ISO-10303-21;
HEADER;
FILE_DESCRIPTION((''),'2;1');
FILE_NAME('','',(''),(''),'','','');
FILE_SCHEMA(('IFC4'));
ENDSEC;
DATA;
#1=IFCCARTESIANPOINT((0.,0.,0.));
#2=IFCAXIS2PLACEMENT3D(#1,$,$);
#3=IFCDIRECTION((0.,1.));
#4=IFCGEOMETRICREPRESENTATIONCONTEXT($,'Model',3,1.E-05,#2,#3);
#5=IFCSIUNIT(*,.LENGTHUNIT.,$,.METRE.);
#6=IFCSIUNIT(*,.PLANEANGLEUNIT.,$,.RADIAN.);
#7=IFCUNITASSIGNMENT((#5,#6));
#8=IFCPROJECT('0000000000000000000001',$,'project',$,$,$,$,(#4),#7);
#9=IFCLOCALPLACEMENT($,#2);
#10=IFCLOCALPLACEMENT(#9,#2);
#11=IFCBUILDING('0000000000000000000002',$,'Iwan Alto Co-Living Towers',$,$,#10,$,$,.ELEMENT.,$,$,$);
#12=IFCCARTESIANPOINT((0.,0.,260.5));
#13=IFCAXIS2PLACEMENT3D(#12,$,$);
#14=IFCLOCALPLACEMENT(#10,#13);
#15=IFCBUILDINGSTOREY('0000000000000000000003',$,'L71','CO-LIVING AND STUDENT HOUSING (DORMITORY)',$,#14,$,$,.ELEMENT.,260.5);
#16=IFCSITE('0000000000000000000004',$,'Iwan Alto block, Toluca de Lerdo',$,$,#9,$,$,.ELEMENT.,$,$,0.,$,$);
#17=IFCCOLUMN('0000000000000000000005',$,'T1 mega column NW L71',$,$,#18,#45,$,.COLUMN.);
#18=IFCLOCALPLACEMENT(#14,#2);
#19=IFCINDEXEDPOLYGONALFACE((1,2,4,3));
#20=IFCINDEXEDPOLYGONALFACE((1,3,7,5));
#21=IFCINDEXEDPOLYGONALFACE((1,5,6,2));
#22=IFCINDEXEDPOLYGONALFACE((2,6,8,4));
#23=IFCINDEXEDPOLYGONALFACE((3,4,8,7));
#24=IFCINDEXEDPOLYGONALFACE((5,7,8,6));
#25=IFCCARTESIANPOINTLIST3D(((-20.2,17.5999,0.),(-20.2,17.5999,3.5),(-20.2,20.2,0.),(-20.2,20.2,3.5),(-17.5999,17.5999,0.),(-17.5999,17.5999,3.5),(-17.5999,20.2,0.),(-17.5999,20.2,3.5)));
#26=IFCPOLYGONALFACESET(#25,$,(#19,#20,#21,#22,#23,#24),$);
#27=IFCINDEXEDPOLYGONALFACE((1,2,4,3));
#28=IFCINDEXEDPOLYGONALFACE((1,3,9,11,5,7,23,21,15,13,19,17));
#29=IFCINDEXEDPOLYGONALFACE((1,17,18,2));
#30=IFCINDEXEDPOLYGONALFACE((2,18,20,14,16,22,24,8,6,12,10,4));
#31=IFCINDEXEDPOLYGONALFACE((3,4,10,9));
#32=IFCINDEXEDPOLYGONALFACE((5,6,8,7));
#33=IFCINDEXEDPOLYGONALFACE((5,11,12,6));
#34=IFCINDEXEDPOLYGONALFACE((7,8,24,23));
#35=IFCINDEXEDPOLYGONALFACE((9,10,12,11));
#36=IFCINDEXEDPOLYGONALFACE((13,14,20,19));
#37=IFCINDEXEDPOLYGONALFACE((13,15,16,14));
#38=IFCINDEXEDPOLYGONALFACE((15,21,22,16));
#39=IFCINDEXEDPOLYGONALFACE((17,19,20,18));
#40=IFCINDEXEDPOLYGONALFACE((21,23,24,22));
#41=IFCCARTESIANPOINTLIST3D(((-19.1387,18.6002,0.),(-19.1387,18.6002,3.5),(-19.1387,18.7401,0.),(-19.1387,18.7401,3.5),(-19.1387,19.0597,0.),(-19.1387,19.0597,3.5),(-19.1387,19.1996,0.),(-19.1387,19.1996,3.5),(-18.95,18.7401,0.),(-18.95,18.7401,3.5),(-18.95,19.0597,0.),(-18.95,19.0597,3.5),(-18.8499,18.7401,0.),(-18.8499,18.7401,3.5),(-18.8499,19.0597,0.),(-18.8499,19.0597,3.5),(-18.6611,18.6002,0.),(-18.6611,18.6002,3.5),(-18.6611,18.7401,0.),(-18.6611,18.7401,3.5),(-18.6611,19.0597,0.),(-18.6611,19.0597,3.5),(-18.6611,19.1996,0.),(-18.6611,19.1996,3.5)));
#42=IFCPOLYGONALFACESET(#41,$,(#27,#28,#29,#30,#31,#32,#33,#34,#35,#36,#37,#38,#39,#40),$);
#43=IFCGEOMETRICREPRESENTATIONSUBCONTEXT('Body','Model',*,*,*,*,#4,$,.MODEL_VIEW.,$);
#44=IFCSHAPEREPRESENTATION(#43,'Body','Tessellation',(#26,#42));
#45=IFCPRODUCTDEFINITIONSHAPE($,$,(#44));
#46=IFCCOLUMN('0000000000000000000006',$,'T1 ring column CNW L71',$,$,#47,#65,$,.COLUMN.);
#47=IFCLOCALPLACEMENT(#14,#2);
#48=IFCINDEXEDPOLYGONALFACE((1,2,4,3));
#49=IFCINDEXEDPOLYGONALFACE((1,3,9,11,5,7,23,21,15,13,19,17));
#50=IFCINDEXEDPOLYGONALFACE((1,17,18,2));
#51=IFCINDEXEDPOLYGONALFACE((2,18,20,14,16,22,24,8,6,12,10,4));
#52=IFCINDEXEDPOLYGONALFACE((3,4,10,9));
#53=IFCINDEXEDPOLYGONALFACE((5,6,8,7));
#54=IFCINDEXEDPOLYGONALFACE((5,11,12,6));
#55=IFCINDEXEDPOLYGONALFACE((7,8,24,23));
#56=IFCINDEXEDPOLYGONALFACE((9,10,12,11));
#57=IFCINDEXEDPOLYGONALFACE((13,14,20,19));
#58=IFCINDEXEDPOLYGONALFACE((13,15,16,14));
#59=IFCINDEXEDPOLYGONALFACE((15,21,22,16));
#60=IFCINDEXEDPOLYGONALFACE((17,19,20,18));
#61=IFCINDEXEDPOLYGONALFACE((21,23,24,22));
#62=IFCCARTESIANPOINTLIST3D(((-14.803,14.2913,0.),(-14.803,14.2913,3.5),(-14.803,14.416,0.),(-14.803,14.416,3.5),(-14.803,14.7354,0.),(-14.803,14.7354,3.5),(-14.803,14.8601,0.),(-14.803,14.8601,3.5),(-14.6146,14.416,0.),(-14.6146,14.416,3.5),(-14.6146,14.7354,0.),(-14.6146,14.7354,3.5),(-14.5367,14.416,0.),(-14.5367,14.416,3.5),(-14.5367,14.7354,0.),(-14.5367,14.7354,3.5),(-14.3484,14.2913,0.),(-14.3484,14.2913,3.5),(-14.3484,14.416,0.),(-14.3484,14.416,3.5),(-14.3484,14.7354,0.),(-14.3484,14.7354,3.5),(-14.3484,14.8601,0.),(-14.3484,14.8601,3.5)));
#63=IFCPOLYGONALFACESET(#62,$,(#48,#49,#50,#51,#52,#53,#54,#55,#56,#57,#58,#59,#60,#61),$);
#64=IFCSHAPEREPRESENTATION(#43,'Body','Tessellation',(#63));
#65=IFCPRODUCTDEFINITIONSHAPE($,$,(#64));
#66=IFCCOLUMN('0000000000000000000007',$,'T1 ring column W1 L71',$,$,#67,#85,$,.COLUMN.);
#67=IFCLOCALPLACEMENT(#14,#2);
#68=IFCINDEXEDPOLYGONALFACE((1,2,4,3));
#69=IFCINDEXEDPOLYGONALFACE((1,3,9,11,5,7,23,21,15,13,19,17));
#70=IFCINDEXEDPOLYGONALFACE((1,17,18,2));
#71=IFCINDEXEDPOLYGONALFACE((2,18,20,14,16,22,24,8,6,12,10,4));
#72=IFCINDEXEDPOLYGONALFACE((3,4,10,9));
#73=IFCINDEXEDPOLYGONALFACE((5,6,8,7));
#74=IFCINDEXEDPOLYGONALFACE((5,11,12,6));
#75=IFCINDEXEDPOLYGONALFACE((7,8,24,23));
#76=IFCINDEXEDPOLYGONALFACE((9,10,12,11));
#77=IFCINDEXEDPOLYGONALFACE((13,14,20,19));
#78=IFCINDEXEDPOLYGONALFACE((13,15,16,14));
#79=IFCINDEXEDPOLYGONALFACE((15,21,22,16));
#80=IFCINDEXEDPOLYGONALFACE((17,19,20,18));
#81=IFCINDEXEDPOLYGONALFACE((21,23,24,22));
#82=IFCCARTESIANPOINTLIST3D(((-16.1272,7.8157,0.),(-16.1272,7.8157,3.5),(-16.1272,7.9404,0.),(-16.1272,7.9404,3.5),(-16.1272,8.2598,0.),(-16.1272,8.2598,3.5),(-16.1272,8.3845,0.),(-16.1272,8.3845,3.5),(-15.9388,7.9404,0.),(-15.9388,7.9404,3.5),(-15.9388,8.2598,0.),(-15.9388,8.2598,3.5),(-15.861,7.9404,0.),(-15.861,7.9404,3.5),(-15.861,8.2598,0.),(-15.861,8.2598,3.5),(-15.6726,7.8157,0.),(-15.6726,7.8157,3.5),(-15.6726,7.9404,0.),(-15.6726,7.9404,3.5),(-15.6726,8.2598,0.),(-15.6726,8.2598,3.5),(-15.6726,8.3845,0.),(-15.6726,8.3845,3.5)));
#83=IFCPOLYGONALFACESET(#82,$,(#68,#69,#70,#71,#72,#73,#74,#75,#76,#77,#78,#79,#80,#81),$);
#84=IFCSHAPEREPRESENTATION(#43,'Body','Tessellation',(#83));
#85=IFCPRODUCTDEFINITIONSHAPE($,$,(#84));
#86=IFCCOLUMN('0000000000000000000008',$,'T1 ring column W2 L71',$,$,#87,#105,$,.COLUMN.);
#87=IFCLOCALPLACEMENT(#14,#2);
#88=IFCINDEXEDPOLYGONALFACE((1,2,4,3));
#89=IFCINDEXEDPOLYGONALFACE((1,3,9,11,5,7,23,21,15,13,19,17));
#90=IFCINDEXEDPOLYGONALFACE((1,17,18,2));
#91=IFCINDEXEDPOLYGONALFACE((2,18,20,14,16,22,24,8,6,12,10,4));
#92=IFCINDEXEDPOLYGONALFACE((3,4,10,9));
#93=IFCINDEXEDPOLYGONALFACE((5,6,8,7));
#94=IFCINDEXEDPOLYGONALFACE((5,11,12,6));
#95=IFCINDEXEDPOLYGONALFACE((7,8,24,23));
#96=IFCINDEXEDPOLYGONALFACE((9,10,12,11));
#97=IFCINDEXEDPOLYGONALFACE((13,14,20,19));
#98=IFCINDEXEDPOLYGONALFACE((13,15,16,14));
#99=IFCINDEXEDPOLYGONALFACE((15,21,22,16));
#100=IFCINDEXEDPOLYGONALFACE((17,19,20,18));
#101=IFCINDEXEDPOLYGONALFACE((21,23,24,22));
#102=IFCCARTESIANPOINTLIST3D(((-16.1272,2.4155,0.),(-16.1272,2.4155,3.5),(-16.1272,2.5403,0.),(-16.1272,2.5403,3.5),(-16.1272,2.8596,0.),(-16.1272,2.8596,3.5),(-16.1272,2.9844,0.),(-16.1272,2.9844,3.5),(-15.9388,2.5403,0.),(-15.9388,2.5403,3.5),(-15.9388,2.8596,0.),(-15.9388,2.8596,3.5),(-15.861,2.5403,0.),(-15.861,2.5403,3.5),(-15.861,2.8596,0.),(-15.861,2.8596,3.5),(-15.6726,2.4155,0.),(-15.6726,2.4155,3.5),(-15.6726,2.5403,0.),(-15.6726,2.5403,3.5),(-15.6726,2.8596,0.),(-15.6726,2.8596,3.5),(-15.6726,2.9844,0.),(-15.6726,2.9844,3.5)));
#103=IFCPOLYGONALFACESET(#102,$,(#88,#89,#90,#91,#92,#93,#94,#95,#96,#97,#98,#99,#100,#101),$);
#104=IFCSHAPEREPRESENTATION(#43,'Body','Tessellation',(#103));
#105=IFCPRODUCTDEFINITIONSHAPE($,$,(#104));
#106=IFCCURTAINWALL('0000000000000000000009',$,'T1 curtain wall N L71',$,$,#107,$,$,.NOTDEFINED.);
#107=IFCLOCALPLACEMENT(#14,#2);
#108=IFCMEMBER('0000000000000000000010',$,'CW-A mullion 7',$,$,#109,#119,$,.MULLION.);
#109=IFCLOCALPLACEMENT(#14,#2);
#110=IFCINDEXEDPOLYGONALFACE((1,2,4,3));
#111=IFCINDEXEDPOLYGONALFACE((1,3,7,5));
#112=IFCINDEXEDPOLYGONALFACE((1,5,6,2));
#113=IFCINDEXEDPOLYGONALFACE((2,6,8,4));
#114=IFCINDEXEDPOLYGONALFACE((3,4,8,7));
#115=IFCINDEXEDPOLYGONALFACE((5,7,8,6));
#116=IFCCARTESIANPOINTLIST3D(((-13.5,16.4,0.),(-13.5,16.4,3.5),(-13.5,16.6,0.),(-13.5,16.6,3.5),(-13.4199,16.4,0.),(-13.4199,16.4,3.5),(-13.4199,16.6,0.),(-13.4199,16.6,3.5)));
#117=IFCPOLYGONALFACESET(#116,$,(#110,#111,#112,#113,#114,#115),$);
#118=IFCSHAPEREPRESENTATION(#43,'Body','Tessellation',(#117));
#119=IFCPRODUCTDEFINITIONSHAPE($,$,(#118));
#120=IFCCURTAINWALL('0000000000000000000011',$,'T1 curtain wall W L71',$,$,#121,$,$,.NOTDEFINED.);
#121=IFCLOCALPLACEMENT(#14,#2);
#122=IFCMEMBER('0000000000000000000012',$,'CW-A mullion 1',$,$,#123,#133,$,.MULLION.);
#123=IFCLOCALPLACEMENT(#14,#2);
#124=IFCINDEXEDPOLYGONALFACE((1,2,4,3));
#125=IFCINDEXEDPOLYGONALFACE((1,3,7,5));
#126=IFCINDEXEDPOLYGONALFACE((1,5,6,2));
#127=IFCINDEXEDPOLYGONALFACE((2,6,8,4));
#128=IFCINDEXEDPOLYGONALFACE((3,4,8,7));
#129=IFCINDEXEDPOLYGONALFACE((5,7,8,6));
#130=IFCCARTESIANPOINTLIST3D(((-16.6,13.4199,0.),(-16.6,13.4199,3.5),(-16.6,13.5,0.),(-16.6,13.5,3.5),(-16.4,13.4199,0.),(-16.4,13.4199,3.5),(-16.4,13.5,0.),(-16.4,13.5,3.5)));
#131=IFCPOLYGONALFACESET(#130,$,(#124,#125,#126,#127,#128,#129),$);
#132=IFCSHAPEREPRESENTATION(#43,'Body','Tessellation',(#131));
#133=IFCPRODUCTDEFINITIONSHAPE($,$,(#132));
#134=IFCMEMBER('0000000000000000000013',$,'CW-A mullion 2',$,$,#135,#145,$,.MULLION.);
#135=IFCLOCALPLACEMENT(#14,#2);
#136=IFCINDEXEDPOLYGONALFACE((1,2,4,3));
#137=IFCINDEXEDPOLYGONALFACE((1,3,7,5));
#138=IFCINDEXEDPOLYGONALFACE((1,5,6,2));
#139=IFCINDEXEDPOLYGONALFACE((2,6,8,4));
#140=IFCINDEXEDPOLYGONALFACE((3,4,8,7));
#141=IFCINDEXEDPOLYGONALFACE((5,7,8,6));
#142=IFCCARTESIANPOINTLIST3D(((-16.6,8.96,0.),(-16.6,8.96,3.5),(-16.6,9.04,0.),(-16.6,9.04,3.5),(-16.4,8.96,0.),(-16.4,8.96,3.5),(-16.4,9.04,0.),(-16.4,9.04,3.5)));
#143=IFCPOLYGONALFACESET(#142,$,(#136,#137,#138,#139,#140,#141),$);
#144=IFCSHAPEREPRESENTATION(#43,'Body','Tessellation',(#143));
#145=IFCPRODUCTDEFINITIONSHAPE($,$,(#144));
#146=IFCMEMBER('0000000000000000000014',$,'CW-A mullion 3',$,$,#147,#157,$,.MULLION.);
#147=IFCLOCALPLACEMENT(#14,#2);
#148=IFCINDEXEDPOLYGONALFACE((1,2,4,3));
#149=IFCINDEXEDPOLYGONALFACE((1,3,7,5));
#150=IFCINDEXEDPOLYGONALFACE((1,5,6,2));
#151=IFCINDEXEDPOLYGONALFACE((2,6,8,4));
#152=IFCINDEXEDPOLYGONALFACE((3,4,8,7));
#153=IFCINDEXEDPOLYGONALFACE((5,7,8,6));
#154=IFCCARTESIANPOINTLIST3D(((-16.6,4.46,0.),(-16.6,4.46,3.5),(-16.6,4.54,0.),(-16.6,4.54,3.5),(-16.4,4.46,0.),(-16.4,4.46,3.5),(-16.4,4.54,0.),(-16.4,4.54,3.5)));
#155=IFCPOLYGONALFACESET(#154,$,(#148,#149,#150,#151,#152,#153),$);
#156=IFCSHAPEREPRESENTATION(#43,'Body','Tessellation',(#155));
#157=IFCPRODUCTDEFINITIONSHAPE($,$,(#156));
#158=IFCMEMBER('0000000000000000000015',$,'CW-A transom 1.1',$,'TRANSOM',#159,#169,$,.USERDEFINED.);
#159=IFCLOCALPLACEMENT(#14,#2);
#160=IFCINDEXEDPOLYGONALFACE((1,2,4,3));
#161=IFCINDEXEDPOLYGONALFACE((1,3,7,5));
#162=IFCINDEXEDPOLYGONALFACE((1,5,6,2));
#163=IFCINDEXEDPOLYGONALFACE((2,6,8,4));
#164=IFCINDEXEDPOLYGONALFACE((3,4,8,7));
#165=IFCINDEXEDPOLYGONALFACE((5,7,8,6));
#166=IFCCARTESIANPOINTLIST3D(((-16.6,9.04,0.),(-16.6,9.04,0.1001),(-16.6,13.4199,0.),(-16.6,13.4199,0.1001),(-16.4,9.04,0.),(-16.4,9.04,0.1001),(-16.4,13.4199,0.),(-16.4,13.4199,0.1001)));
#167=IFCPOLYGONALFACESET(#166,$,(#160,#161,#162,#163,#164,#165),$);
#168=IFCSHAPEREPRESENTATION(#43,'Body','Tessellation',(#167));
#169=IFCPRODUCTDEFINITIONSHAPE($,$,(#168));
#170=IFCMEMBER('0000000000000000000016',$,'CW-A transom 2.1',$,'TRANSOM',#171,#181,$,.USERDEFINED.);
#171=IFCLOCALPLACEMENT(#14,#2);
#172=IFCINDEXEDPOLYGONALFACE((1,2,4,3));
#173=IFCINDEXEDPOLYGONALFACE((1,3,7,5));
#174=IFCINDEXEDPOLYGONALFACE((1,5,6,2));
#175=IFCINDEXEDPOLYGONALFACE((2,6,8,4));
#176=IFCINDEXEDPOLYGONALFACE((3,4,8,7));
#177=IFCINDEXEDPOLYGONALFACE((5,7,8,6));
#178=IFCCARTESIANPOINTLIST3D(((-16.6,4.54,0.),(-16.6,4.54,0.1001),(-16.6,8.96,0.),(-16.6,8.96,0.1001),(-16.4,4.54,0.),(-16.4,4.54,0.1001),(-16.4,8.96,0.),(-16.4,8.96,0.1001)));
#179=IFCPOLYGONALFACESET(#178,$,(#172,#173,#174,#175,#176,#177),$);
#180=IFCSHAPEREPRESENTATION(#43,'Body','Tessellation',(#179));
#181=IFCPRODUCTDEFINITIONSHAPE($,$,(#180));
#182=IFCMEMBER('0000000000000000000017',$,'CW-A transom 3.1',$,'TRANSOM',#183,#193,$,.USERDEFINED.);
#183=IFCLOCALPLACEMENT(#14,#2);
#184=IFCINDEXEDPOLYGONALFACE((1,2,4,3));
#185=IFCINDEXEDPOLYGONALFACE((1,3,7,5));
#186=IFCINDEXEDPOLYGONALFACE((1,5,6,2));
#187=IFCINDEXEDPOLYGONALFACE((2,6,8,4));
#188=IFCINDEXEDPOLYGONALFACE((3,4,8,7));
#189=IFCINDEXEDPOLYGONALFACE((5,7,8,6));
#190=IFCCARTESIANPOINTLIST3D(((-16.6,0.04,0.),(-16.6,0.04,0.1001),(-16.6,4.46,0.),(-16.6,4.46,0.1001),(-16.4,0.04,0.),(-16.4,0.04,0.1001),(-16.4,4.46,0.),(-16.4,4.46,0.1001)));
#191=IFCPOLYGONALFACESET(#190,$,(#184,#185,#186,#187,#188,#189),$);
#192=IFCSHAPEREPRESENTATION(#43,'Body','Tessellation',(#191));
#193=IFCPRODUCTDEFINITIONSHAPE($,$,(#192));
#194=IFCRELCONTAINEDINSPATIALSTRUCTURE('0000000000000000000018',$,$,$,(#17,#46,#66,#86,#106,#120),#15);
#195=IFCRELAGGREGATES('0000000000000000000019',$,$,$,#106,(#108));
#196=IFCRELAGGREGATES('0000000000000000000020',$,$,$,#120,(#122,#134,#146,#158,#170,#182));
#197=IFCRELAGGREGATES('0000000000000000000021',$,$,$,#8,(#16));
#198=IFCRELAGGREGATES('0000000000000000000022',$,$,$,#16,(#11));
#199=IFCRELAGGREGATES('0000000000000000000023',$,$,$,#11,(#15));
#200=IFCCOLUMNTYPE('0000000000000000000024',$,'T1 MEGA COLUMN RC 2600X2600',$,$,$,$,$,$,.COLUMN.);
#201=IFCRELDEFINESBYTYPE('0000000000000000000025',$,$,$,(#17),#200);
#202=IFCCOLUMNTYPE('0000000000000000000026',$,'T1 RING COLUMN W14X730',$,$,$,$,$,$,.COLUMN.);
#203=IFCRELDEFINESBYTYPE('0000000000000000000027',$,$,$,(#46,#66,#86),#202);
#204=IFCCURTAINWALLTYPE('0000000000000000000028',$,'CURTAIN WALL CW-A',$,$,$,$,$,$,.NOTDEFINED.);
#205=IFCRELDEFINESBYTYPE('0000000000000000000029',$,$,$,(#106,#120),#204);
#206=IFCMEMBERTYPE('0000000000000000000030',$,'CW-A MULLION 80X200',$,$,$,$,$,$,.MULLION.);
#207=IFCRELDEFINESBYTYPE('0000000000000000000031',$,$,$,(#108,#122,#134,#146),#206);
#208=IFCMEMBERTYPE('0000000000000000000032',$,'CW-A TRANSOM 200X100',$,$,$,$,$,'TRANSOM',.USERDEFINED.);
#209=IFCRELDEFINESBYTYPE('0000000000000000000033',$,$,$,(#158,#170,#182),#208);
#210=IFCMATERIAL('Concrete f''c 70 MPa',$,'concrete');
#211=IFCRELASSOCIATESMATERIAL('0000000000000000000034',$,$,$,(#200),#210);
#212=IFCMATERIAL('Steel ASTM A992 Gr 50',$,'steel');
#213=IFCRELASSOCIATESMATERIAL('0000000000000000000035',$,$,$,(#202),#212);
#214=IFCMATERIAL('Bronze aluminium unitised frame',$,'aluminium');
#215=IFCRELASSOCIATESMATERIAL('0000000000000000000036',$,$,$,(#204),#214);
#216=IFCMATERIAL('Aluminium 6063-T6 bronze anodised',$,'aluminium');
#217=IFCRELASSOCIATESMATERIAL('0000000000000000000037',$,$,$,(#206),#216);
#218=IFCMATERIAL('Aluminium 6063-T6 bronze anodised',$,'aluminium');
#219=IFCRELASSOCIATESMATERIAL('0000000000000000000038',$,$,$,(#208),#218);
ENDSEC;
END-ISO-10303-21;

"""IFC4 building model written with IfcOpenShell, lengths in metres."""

from ifc_helpers import new_model, si_unit, direction, frame, origin, origin_2d, place, context, subcontext, project, spatial, rectangle, i_section, extrude, material, material_profile, profile_set, type_object, element, aggregate, save


model = new_model("IFC4")

# Units and contexts
model_context = context("Model", 3, precision=1e-05, world=origin(), true_north=direction((0.0, 1.0)))
body_context = subcontext(model_context, "Body", "Model", "MODEL_VIEW")
ifc_project = project(units=[si_unit("LENGTHUNIT", "METRE"), si_unit("PLANEANGLEUNIT", "RADIAN")], contexts=[model_context])

# Site, building, storey
site_placement = place(None, origin())
site = spatial("IfcSite", under=ifc_project, at=site_placement, Name="Iwan Alto block, Toluca de Lerdo", CompositionType="ELEMENT", RefElevation=0.0)
building_placement = place(site_placement, origin())
building = spatial("IfcBuilding", under=site, at=building_placement, Name="Iwan Alto Co-Living Towers", CompositionType="ELEMENT")
storey_placement = place(building_placement, frame((0.0, 0.0, 260.5)))
storey = spatial("IfcBuildingStorey", under=building, at=storey_placement, Name="L71", Description="CO-LIVING AND STUDENT HOUSING (DORMITORY)", CompositionType="ELEMENT", Elevation=260.5)

# Columns
ifc_material_1 = material(Name="Concrete f'c 70 MPa", Category="concrete")
ifc_material_profile_1 = material_profile(ifc_material_1, rectangle(XDim=2.6001, YDim=2.6001, at=origin_2d()), Name="RC 2600X2600")
ifc_profile_set_1 = profile_set([ifc_material_profile_1], Name="Concrete f'c 70 MPa")
column_type_1 = type_object("IfcColumnType", Name="T1 MEGA COLUMN RC 2600X2600", PredefinedType="COLUMN", material=ifc_profile_set_1)
column_placement = place(storey_placement, frame((-18.8999, 18.8999, 0.0), z_axis=(0.0, 0.0, 1.0), x_axis=(1.0, 0.0, 0.0)))
element("IfcColumn", 1, at=column_placement, inside=storey, type_object=column_type_1, Name="T1 mega column NW L71", PredefinedType="COLUMN", context=body_context, shape_type="SweptSolid", body=[
    extrude(rectangle(XDim=2.6001, YDim=2.6001, at=origin_2d()), origin(), (0.0, 0.0, 1.0), 3.5),
    extrude(i_section(OverallWidth=0.4775, OverallDepth=0.5994, WebThickness=0.1001, FlangeThickness=0.1399, at=origin_2d()), origin(), (0.0, 0.0, 1.0), 3.5),
])
ifc_material_2 = material(Name="Steel ASTM A992 Gr 50", Category="steel")
ifc_material_profile_2 = material_profile(ifc_material_2, i_section(OverallWidth=0.4546, OverallDepth=0.5688, WebThickness=0.0779, FlangeThickness=0.1248, at=origin_2d()), Name="W14X730")
ifc_profile_set_2 = profile_set([ifc_material_profile_2], Name="Steel ASTM A992 Gr 50")
column_type_2 = type_object("IfcColumnType", Name="T1 RING COLUMN W14X730", PredefinedType="COLUMN", material=ifc_profile_set_2)
for number, where, z_axis, x_axis, name in (
    (2, (-14.5757, 14.5757, 0.0), (0.0, 0.0, 1.0), (1.0, 0.0, 0.0), "T1 ring column CNW L71"),
    (3, (-15.8999, 8.1001, 0.0), (0.0, 0.0, 1.0), (1.0, 0.0, 0.0), "T1 ring column W1 L71"),
    (4, (-15.8999, 2.7, 0.0), (0.0, 0.0, 1.0), (1.0, 0.0, 0.0), "T1 ring column W2 L71"),
):
    element("IfcColumn", number, at=place(storey_placement, frame(where, z_axis=z_axis, x_axis=x_axis)), inside=storey, type_object=column_type_2, Name=name, PredefinedType="COLUMN", context=body_context, shape_type="SweptSolid", body=[
        extrude(i_section(OverallWidth=0.4546, OverallDepth=0.5688, WebThickness=0.0779, FlangeThickness=0.1248, at=origin_2d()), origin(), (0.0, 0.0, 1.0), 3.5),
    ])

# Curtain wall, member
ifc_material_3 = material(Name="Bronze aluminium unitised frame", Category="aluminium")
curtain_wall_type_1 = type_object("IfcCurtainWallType", Name="CURTAIN WALL CW-A", PredefinedType="NOTDEFINED", material=ifc_material_3)
curtain_wall_1_placement = place(storey_placement, origin())
curtain_wall_1 = element("IfcCurtainWall", 5, at=curtain_wall_1_placement, inside=storey, type_object=curtain_wall_type_1, Name="T1 curtain wall N L71", PredefinedType="NOTDEFINED")
ifc_material_4 = material(Name="Aluminium 6063-T6 bronze anodised", Category="aluminium")
ifc_material_profile_3 = material_profile(ifc_material_4, rectangle(XDim=0.2, YDim=0.0801, at=origin_2d()), Name="AL 80X200")
ifc_profile_set_3 = profile_set([ifc_material_profile_3], Name="Aluminium 6063-T6 bronze anodised")
member_type_1 = type_object("IfcMemberType", Name="CW-A MULLION 80X200", PredefinedType="MULLION", material=ifc_profile_set_3)
member_1_placement = place(storey_placement, frame((-13.46, 16.5, 0.0), z_axis=(0.0, 0.0, 1.0), x_axis=(0.0, -1.0, 0.0)))
member_1 = element("IfcMember", 6, at=member_1_placement, type_object=member_type_1, Name="CW-A mullion 7", PredefinedType="MULLION", context=body_context, shape_type="SweptSolid", body=[
    extrude(rectangle(XDim=0.2, YDim=0.0801, at=origin_2d()), origin(), (0.0, 0.0, 1.0), 3.5),
])
aggregate(curtain_wall_1, [member_1])

# Curtain wall, members
curtain_wall_2_placement = place(storey_placement, origin())
curtain_wall_2 = element("IfcCurtainWall", 7, at=curtain_wall_2_placement, inside=storey, type_object=curtain_wall_type_1, Name="T1 curtain wall W L71", PredefinedType="NOTDEFINED")
member_2_placement = place(storey_placement, frame((-16.5, 13.46, 0.0), z_axis=(0.0, 0.0, 1.0), x_axis=(1.0, 0.0, 0.0)))
member_2 = element("IfcMember", 8, at=member_2_placement, type_object=member_type_1, Name="CW-A mullion 1", PredefinedType="MULLION", context=body_context, shape_type="SweptSolid", body=[
    extrude(rectangle(XDim=0.2, YDim=0.0801, at=origin_2d()), origin(), (0.0, 0.0, 1.0), 3.5),
])
member_3_placement = place(storey_placement, frame((-16.5, 9.0, 0.0), z_axis=(0.0, 0.0, 1.0), x_axis=(1.0, 0.0, 0.0)))
member_3 = element("IfcMember", 9, at=member_3_placement, type_object=member_type_1, Name="CW-A mullion 2", PredefinedType="MULLION", context=body_context, shape_type="SweptSolid", body=[
    extrude(rectangle(XDim=0.2, YDim=0.0801, at=origin_2d()), origin(), (0.0, 0.0, 1.0), 3.5),
])
member_4_placement = place(storey_placement, frame((-16.5, 4.5, 0.0), z_axis=(0.0, 0.0, 1.0), x_axis=(1.0, 0.0, 0.0)))
member_4 = element("IfcMember", 10, at=member_4_placement, type_object=member_type_1, Name="CW-A mullion 3", PredefinedType="MULLION", context=body_context, shape_type="SweptSolid", body=[
    extrude(rectangle(XDim=0.2, YDim=0.0801, at=origin_2d()), origin(), (0.0, 0.0, 1.0), 3.5),
])
ifc_material_5 = material(Name="Aluminium 6063-T6 bronze anodised", Category="aluminium")
ifc_material_profile_4 = material_profile(ifc_material_5, rectangle(XDim=0.2, YDim=0.1001, at=origin_2d()), Name="AL 200X100")
ifc_profile_set_4 = profile_set([ifc_material_profile_4], Name="Aluminium 6063-T6 bronze anodised")
member_type_2 = type_object("IfcMemberType", Name="CW-A TRANSOM 200X100", ElementType="TRANSOM", PredefinedType="USERDEFINED", material=ifc_profile_set_4)
member_5_placement = place(storey_placement, frame((-16.5, 13.4199, 0.05), z_axis=(0.0, -1.0, 0.0), x_axis=(1.0, 0.0, 0.0)))
member_5 = element("IfcMember", 11, at=member_5_placement, type_object=member_type_2, Name="CW-A transom 1.1", ObjectType="TRANSOM", PredefinedType="USERDEFINED", context=body_context, shape_type="SweptSolid", body=[
    extrude(rectangle(XDim=0.2, YDim=0.1001, at=origin_2d()), origin(), (0.0, 0.0, 1.0), 4.3799),
])
member_6_placement = place(storey_placement, frame((-16.5, 8.96, 0.05), z_axis=(0.0, -1.0, 0.0), x_axis=(1.0, 0.0, 0.0)))
member_6 = element("IfcMember", 12, at=member_6_placement, type_object=member_type_2, Name="CW-A transom 2.1", ObjectType="TRANSOM", PredefinedType="USERDEFINED", context=body_context, shape_type="SweptSolid", body=[
    extrude(rectangle(XDim=0.2, YDim=0.1001, at=origin_2d()), origin(), (0.0, 0.0, 1.0), 4.4199),
])
member_7_placement = place(storey_placement, frame((-16.5, 4.46, 0.05), z_axis=(0.0, -1.0, 0.0), x_axis=(1.0, 0.0, 0.0)))
member_7 = element("IfcMember", 13, at=member_7_placement, type_object=member_type_2, Name="CW-A transom 3.1", ObjectType="TRANSOM", PredefinedType="USERDEFINED", context=body_context, shape_type="SweptSolid", body=[
    extrude(rectangle(XDim=0.2, YDim=0.1001, at=origin_2d()), origin(), (0.0, 0.0, 1.0), 4.4199),
])

aggregate(curtain_wall_2, [member_2, member_3, member_4, member_5, member_6, member_7])

save(model, "model.ifc")
